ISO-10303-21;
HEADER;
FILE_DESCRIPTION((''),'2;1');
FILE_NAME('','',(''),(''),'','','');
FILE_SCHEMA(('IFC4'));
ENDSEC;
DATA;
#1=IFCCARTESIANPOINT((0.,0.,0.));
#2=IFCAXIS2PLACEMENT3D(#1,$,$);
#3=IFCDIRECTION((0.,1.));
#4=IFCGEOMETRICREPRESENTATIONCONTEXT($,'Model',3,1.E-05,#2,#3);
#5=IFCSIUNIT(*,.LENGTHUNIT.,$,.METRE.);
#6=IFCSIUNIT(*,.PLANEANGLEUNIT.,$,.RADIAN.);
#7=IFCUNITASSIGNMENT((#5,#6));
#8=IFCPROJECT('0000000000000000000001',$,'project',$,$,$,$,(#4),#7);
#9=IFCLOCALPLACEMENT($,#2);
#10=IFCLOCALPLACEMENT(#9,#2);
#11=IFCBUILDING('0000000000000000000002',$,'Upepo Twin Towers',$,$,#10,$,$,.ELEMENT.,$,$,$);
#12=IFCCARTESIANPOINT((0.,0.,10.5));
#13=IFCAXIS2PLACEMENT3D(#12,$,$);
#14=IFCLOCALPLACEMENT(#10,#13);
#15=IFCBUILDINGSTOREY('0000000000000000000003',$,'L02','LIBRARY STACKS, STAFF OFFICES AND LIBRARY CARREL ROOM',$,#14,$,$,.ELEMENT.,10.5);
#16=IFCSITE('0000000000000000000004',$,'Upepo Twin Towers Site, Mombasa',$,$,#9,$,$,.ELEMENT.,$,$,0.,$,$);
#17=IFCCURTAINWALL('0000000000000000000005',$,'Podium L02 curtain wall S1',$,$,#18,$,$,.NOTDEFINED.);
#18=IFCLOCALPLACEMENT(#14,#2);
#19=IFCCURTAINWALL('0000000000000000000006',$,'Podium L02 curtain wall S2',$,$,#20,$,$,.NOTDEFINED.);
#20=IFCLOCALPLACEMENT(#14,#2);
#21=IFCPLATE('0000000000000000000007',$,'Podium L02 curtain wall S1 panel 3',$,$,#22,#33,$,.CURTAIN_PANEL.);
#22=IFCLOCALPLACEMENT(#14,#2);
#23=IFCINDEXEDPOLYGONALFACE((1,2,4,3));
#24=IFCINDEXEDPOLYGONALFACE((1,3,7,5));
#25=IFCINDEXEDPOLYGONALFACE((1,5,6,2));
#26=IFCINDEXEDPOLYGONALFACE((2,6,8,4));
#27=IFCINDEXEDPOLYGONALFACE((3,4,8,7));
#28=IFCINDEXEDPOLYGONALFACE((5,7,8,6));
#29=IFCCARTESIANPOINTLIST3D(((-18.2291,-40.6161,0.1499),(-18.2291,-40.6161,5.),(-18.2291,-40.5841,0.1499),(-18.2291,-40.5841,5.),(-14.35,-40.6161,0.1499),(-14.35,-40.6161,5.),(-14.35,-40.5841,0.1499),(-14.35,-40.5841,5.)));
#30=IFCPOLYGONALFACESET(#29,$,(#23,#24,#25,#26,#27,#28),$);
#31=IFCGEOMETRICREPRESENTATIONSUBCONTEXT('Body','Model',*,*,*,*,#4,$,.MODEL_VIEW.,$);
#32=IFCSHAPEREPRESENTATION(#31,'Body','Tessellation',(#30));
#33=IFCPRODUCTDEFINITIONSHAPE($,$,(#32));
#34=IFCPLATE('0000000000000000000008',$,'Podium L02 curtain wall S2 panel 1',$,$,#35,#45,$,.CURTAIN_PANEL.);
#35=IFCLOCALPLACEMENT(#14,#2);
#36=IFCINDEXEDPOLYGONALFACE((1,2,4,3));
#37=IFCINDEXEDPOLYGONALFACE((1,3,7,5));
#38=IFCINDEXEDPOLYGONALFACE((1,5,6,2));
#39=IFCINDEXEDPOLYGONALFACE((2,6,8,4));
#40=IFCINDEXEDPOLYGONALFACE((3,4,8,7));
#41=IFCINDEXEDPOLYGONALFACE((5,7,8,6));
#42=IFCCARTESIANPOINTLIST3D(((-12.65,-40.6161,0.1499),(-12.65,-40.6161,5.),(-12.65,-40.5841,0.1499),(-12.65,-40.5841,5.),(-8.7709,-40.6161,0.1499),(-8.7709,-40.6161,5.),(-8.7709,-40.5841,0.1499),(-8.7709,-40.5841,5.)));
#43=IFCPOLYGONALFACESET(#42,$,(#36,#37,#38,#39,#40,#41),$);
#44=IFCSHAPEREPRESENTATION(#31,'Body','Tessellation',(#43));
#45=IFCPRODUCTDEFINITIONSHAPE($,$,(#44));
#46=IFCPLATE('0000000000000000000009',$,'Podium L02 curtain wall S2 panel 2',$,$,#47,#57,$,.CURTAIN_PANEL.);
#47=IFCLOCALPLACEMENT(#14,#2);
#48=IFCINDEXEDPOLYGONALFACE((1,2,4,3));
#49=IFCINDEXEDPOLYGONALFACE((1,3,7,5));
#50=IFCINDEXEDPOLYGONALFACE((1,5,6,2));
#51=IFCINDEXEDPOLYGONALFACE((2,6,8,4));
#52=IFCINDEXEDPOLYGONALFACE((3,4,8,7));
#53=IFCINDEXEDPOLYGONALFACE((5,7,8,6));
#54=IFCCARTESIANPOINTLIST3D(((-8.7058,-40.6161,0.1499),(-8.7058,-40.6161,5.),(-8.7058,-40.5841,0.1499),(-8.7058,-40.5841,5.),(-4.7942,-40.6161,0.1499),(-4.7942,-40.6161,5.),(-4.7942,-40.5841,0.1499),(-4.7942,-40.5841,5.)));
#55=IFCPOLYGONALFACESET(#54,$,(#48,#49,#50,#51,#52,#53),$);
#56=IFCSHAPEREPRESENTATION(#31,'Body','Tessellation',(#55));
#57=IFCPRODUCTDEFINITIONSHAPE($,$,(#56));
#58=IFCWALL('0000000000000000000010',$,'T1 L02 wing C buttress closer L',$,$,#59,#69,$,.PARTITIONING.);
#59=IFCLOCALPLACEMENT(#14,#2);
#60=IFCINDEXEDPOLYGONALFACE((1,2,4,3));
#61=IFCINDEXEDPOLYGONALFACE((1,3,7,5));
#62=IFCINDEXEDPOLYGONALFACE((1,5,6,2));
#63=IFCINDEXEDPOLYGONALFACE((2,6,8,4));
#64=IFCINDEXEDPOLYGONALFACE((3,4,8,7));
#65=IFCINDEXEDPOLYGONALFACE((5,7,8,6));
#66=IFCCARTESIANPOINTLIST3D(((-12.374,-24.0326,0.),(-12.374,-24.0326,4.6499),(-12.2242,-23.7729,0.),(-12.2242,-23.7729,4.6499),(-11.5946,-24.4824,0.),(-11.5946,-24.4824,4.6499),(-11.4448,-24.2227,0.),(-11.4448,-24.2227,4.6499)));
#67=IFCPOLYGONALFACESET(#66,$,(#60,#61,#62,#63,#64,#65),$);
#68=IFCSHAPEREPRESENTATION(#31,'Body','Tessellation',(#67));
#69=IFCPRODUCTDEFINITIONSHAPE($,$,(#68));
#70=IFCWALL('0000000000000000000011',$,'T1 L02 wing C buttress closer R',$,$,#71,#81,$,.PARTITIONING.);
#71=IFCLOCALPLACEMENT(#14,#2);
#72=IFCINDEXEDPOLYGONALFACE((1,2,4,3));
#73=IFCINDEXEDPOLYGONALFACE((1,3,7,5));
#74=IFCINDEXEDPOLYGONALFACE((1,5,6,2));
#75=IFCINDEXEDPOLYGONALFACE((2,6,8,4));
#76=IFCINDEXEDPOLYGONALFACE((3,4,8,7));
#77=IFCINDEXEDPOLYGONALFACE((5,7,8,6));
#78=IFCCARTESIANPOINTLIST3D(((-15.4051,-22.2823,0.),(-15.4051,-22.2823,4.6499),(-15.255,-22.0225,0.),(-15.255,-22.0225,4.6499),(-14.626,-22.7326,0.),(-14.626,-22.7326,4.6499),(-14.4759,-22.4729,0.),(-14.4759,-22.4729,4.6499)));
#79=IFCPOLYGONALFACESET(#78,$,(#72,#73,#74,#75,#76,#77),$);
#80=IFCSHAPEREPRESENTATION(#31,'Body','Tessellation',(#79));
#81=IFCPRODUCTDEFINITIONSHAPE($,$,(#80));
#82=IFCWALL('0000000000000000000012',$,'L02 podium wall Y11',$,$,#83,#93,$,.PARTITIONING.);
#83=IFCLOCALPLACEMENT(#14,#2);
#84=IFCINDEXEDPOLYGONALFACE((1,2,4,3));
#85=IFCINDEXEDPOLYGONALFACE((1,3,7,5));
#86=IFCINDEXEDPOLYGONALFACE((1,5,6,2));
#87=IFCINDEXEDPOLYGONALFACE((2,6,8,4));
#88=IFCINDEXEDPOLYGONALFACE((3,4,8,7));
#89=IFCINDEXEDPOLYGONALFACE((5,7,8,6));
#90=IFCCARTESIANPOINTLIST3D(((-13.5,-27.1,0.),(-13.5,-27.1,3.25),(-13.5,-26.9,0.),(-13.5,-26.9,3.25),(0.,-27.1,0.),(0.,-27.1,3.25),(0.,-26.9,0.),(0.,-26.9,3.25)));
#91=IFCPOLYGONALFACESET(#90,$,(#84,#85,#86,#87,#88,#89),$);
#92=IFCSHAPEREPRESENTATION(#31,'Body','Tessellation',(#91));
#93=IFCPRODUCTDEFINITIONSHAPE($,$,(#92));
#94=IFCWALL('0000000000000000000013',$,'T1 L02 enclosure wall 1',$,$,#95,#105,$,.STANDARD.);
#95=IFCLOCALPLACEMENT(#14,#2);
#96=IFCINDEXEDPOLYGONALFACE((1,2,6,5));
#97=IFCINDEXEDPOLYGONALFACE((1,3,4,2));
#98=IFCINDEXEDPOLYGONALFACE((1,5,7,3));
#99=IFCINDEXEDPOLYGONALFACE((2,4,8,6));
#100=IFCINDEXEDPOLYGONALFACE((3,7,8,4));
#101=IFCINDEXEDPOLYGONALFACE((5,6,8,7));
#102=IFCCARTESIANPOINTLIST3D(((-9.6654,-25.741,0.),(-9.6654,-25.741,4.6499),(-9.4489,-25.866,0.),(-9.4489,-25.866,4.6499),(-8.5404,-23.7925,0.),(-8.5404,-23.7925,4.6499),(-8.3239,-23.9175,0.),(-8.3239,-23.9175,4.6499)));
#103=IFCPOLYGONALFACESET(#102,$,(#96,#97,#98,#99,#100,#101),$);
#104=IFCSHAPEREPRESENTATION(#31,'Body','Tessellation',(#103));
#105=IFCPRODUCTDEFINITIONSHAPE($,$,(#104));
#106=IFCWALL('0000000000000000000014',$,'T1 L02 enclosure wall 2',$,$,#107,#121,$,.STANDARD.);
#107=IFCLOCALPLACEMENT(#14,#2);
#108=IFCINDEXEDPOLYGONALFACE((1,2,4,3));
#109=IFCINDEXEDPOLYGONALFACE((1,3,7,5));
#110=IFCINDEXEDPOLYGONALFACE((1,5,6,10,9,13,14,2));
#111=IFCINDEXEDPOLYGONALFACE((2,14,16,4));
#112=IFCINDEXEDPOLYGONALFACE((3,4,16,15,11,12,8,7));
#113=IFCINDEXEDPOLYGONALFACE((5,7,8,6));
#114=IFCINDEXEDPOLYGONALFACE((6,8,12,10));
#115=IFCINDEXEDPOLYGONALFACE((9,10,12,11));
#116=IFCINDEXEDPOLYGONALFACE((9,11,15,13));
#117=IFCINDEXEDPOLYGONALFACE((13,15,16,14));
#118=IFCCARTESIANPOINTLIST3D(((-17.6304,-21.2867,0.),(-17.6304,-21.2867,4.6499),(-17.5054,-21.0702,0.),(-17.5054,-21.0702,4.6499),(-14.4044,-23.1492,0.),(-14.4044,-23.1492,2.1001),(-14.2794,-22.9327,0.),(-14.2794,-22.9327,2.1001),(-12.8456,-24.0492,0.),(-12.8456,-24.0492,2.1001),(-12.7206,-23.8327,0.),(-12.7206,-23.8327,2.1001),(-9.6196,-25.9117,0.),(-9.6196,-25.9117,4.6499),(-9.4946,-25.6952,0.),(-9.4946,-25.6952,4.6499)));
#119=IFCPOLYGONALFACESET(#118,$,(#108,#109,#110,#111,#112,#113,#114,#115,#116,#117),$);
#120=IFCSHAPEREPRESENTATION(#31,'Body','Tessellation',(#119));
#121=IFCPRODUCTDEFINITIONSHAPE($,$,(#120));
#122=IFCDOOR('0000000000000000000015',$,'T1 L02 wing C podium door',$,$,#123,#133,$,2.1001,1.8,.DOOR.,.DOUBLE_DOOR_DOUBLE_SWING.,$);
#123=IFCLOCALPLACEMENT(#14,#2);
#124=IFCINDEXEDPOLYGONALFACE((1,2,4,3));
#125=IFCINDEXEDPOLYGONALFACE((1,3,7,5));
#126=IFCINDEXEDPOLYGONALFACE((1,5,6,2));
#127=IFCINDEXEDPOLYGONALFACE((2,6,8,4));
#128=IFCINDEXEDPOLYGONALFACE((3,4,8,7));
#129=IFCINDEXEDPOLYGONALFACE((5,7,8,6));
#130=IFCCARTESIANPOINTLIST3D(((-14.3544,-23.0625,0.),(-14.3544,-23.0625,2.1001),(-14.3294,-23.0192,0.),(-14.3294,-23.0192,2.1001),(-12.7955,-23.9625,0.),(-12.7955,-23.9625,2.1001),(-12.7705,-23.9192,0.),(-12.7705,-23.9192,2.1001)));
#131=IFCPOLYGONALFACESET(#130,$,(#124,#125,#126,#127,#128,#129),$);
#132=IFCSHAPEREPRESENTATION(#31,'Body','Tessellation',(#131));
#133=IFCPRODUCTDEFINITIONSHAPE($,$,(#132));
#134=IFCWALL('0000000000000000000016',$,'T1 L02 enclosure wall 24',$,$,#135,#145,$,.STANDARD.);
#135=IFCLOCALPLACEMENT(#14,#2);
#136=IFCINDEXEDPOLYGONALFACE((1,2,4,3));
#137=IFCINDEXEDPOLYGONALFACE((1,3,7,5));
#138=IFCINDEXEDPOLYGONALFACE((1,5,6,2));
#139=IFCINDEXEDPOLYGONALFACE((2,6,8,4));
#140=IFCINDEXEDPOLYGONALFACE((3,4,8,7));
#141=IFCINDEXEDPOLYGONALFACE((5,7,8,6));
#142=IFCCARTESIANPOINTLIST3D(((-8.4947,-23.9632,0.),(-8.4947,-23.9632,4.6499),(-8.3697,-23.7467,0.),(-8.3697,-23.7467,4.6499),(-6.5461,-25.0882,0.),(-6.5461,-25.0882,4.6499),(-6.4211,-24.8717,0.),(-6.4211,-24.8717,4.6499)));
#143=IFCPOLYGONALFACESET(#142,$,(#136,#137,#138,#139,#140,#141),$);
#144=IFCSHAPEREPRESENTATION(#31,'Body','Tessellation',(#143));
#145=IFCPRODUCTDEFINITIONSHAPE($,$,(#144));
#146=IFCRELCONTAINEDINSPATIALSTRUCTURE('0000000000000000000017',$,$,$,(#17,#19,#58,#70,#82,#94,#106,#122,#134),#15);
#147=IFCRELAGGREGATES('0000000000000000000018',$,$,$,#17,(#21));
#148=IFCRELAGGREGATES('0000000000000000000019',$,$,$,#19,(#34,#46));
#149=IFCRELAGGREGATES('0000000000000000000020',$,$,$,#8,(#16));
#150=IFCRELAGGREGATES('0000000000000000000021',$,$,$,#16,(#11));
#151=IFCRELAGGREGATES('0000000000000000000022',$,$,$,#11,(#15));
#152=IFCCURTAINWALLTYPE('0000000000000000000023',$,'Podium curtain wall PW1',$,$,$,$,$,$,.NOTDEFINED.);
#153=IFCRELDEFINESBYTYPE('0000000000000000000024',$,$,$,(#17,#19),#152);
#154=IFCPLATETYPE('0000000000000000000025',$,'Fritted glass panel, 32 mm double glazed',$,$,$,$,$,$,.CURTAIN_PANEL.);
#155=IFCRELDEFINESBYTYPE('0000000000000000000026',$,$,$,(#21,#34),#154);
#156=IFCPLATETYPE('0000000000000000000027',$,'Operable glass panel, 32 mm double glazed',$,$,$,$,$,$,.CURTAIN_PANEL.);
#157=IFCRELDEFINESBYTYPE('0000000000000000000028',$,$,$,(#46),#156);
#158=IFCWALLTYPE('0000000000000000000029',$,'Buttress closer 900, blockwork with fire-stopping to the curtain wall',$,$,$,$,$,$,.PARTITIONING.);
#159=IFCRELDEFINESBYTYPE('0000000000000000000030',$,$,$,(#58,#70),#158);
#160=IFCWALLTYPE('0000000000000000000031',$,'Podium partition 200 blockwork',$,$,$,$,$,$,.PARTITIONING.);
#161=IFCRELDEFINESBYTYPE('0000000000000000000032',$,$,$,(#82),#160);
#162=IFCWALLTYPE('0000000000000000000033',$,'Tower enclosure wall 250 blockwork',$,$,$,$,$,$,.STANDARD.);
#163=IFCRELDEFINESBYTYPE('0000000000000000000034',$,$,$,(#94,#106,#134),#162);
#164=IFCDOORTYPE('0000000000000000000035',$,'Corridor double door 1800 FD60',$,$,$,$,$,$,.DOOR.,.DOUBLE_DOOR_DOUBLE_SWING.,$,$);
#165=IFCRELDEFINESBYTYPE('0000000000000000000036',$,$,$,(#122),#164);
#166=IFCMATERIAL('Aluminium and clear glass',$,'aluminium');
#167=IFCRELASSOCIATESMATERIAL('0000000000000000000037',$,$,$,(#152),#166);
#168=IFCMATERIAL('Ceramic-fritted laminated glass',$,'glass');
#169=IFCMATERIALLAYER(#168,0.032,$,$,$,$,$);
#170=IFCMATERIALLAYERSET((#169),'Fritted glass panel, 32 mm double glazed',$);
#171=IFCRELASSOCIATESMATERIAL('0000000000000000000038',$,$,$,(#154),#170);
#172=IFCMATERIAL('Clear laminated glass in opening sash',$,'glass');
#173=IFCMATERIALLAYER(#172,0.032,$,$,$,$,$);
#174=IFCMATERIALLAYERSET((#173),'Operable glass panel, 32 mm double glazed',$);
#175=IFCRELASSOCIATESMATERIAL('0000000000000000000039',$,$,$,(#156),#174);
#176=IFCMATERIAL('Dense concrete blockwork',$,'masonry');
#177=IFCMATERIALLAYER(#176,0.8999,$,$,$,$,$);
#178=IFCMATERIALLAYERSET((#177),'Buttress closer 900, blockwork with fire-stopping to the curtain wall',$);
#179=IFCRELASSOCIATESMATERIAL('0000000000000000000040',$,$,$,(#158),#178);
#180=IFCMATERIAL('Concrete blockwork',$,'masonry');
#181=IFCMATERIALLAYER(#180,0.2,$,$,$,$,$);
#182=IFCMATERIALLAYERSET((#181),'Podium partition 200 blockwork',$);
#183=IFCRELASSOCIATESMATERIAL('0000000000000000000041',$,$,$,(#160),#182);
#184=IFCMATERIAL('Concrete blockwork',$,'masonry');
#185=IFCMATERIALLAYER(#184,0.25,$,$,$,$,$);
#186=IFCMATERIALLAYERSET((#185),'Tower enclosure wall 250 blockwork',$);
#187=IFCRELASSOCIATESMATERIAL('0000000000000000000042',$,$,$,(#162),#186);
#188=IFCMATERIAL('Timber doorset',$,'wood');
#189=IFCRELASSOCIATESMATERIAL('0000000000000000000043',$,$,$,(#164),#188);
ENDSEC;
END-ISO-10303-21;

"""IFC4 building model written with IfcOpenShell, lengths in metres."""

from ifc_helpers import new_model, si_unit, direction, frame, frame_2d, origin, origin_2d, place, context, subcontext, project, spatial, rectangle, extrude, material, layer, layer_set, type_object, element, fill, aggregate, save


model = new_model("IFC4")

# Units and contexts
model_context = context("Model", 3, precision=1e-05, world=origin(), true_north=direction((0.0, 1.0)))
body_context = subcontext(model_context, "Body", "Model", "MODEL_VIEW")
ifc_project = project(units=[si_unit("LENGTHUNIT", "METRE"), si_unit("PLANEANGLEUNIT", "RADIAN")], contexts=[model_context])

# Site, building, storey
site_placement = place(None, origin())
site = spatial("IfcSite", under=ifc_project, at=site_placement, Name="Upepo Twin Towers Site, Mombasa", CompositionType="ELEMENT", RefElevation=0.0)
building_placement = place(site_placement, origin())
building = spatial("IfcBuilding", under=site, at=building_placement, Name="Upepo Twin Towers", CompositionType="ELEMENT")
storey_placement = place(building_placement, frame((0.0, 0.0, 10.5)))
storey = spatial("IfcBuildingStorey", under=building, at=storey_placement, Name="L02", Description="LIBRARY STACKS, STAFF OFFICES AND LIBRARY CARREL ROOM", CompositionType="ELEMENT", Elevation=10.5)

# Curtain wall
ifc_material_1 = material(Name="Aluminium and clear glass", Category="aluminium")
curtain_wall_type = type_object("IfcCurtainWallType", Name="Podium curtain wall PW1", PredefinedType="NOTDEFINED", material=ifc_material_1)
curtain_wall_1_placement = place(storey_placement, origin())
curtain_wall_1 = element("IfcCurtainWall", 1, at=curtain_wall_1_placement, inside=storey, type_object=curtain_wall_type, Name="Podium L02 curtain wall S1", PredefinedType="NOTDEFINED")

# Curtain wall
curtain_wall_2_placement = place(storey_placement, origin())
curtain_wall_2 = element("IfcCurtainWall", 2, at=curtain_wall_2_placement, inside=storey, type_object=curtain_wall_type, Name="Podium L02 curtain wall S2", PredefinedType="NOTDEFINED")

# Plates
ifc_material_2 = material(Name="Ceramic-fritted laminated glass", Category="glass")
ifc_layer_1 = layer(ifc_material_2, 0.032)
ifc_layer_set_1 = layer_set([ifc_layer_1], Name="Fritted glass panel, 32 mm double glazed")
plate_type_1 = type_object("IfcPlateType", Name="Fritted glass panel, 32 mm double glazed", PredefinedType="CURTAIN_PANEL", material=ifc_layer_set_1)
plate_1_placement = place(storey_placement, frame((-16.2896, -40.6001, 0.1499), z_axis=(0.0, 0.0, 1.0), x_axis=(1.0, 0.0, 0.0)))
plate_1 = element("IfcPlate", 3, at=plate_1_placement, type_object=plate_type_1, Name="Podium L02 curtain wall S1 panel 3", PredefinedType="CURTAIN_PANEL", context=body_context, shape_type="SweptSolid", body=[
    extrude(rectangle(XDim=3.8792, YDim=0.032, at=origin_2d()), origin(), (0.0, 0.0, 1.0), 4.8501),
])
aggregate(curtain_wall_1, [plate_1])
plate_2_placement = place(storey_placement, frame((-10.7104, -40.6001, 0.1499), z_axis=(0.0, 0.0, 1.0), x_axis=(1.0, 0.0, 0.0)))
plate_2 = element("IfcPlate", 4, at=plate_2_placement, type_object=plate_type_1, Name="Podium L02 curtain wall S2 panel 1", PredefinedType="CURTAIN_PANEL", context=body_context, shape_type="SweptSolid", body=[
    extrude(rectangle(XDim=3.8792, YDim=0.032, at=origin_2d()), origin(), (0.0, 0.0, 1.0), 4.8501),
])
ifc_material_3 = material(Name="Clear laminated glass in opening sash", Category="glass")
ifc_layer_2 = layer(ifc_material_3, 0.032)
ifc_layer_set_2 = layer_set([ifc_layer_2], Name="Operable glass panel, 32 mm double glazed")
plate_type_2 = type_object("IfcPlateType", Name="Operable glass panel, 32 mm double glazed", PredefinedType="CURTAIN_PANEL", material=ifc_layer_set_2)
plate_3_placement = place(storey_placement, frame((-6.75, -40.6001, 0.1499), z_axis=(0.0, 0.0, 1.0), x_axis=(1.0, 0.0, 0.0)))
plate_3 = element("IfcPlate", 5, at=plate_3_placement, type_object=plate_type_2, Name="Podium L02 curtain wall S2 panel 2", PredefinedType="CURTAIN_PANEL", context=body_context, shape_type="SweptSolid", body=[
    extrude(rectangle(XDim=3.9116, YDim=0.032, at=origin_2d()), origin(), (0.0, 0.0, 1.0), 4.8501),
])
aggregate(curtain_wall_2, [plate_2, plate_3])

# Walls
ifc_material_4 = material(Name="Dense concrete blockwork", Category="masonry")
ifc_layer_3 = layer(ifc_material_4, 0.8999)
ifc_layer_set_3 = layer_set([ifc_layer_3], Name="Buttress closer 900, blockwork with fire-stopping to the curtain wall")
wall_type_1 = type_object("IfcWallType", Name="Buttress closer 900, blockwork with fire-stopping to the curtain wall", PredefinedType="PARTITIONING", material=ifc_layer_set_3)
wall_1_placement = place(storey_placement, frame((-11.8345, -23.9978, 0.0), z_axis=(0.0, 0.0, 1.0), x_axis=(-0.499816, -0.866131, 0.0)))
element("IfcWall", 6, at=wall_1_placement, inside=storey, type_object=wall_type_1, Name="T1 L02 wing C buttress closer L", PredefinedType="PARTITIONING", context=body_context, shape_type="SweptSolid", body=[
    extrude(rectangle(XDim=0.2998, YDim=0.8999, at=frame_2d((0.1499, 0.0))), origin(), (0.0, 0.0, 1.0), 4.6499),
])
wall_2_placement = place(storey_placement, frame((-14.8655, -22.2478, 0.0), z_axis=(0.0, 0.0, 1.0), x_axis=(-0.500427, -0.865779, 0.0)))
element("IfcWall", 7, at=wall_2_placement, inside=storey, type_object=wall_type_1, Name="T1 L02 wing C buttress closer R", PredefinedType="PARTITIONING", context=body_context, shape_type="SweptSolid", body=[
    extrude(rectangle(XDim=0.3, YDim=0.8999, at=frame_2d((0.1499, 0.0))), origin(), (0.0, 0.0, 1.0), 4.6499),
])
ifc_material_5 = material(Name="Concrete blockwork", Category="masonry")
ifc_layer_4 = layer(ifc_material_5, 0.2)
ifc_layer_set_4 = layer_set([ifc_layer_4], Name="Podium partition 200 blockwork")
wall_type_2 = type_object("IfcWallType", Name="Podium partition 200 blockwork", PredefinedType="PARTITIONING", material=ifc_layer_set_4)
wall_3_placement = place(storey_placement, frame((-13.5, -27.0, 0.0), z_axis=(0.0, 0.0, 1.0), x_axis=(1.0, 0.0, 0.0)))
element("IfcWall", 8, at=wall_3_placement, inside=storey, type_object=wall_type_2, Name="L02 podium wall Y11", PredefinedType="PARTITIONING", context=body_context, shape_type="SweptSolid", body=[
    extrude(rectangle(XDim=13.5, YDim=0.2, at=frame_2d((6.75, 0.0))), origin(), (0.0, 0.0, 1.0), 3.25),
])
ifc_material_6 = material(Name="Concrete blockwork", Category="masonry")
ifc_layer_5 = layer(ifc_material_6, 0.25)
ifc_layer_set_5 = layer_set([ifc_layer_5], Name="Tower enclosure wall 250 blockwork")
wall_type_3 = type_object("IfcWallType", Name="Tower enclosure wall 250 blockwork", PredefinedType="STANDARD", material=ifc_layer_set_5)
wall_4_placement = place(storey_placement, frame((-8.4321, -23.855, 0.0), z_axis=(0.0, 0.0, 1.0), x_axis=(-0.500014, -0.866018, 0.0)))
element("IfcWall", 9, at=wall_4_placement, inside=storey, type_object=wall_type_3, Name="T1 L02 enclosure wall 1", PredefinedType="STANDARD", context=body_context, shape_type="SweptSolid", body=[
    extrude(rectangle(XDim=2.25, YDim=0.25, at=frame_2d((1.125, 0.0))), origin(), (0.0, 0.0, 1.0), 4.6499),
])

# Wall, opening, door
wall_5_placement = place(storey_placement, frame((-9.5571, -25.8035, 0.0), z_axis=(0.0, 0.0, 1.0), x_axis=(-0.866026, 0.5, 0.0)))
wall_5 = element("IfcWall", 10, at=wall_5_placement, inside=storey, type_object=wall_type_3, Name="T1 L02 enclosure wall 2", PredefinedType="STANDARD", context=body_context, shape_type="SweptSolid", body=[
    extrude(rectangle(XDim=9.25, YDim=0.25, at=frame_2d((4.625, 0.0))), origin(), (0.0, 0.0, 1.0), 4.6499),
])
opening_placement = place(wall_5_placement, frame((3.7251, 0.0, 0.0)))
opening = element("IfcOpeningElement", 11, at=opening_placement, cuts=wall_5, PredefinedType="OPENING", context=body_context, shape_type="SweptSolid", body=[
    extrude(rectangle(XDim=1.8, YDim=2.1001, at=frame_2d((0.8999, 1.05))), frame((0.0, 0.135, 0.0), z_axis=(0.0, -1.0, 0.0), x_axis=(1.0, 0.0, 0.0)), (0.0, 0.0, 1.0), 0.27),
])
ifc_material_7 = material(Name="Timber doorset", Category="wood")
door_type = type_object("IfcDoorType", Name="Corridor double door 1800 FD60", OperationType="DOUBLE_DOOR_DOUBLE_SWING", PredefinedType="DOOR", material=ifc_material_7)
door_placement = place(opening_placement, origin())
door = element("IfcDoor", 12, at=door_placement, inside=storey, type_object=door_type, Name="T1 L02 wing C podium door", OperationType="DOUBLE_DOOR_DOUBLE_SWING", OverallHeight=2.1001, OverallWidth=1.8, PredefinedType="DOOR", context=body_context, shape_type="SweptSolid", body=[
    extrude(rectangle(XDim=1.8, YDim=2.1001, at=frame_2d((0.8999, 1.05))), frame((0.0, 0.0249, 0.0), z_axis=(0.0, -1.0, 0.0), x_axis=(1.0, 0.0, 0.0)), (0.0, 0.0, 1.0), 0.05),
])
fill(opening, door)

# Wall
wall_6_placement = place(storey_placement, frame((-6.4836, -24.98, 0.0), z_axis=(0.0, 0.0, 1.0), x_axis=(-0.866018, 0.500014, 0.0)))
element("IfcWall", 13, at=wall_6_placement, inside=storey, type_object=wall_type_3, Name="T1 L02 enclosure wall 24", PredefinedType="STANDARD", context=body_context, shape_type="SweptSolid", body=[
    extrude(rectangle(XDim=2.25, YDim=0.25, at=frame_2d((1.125, 0.0))), origin(), (0.0, 0.0, 1.0), 4.6499),
])

save(model, "model.ifc")
